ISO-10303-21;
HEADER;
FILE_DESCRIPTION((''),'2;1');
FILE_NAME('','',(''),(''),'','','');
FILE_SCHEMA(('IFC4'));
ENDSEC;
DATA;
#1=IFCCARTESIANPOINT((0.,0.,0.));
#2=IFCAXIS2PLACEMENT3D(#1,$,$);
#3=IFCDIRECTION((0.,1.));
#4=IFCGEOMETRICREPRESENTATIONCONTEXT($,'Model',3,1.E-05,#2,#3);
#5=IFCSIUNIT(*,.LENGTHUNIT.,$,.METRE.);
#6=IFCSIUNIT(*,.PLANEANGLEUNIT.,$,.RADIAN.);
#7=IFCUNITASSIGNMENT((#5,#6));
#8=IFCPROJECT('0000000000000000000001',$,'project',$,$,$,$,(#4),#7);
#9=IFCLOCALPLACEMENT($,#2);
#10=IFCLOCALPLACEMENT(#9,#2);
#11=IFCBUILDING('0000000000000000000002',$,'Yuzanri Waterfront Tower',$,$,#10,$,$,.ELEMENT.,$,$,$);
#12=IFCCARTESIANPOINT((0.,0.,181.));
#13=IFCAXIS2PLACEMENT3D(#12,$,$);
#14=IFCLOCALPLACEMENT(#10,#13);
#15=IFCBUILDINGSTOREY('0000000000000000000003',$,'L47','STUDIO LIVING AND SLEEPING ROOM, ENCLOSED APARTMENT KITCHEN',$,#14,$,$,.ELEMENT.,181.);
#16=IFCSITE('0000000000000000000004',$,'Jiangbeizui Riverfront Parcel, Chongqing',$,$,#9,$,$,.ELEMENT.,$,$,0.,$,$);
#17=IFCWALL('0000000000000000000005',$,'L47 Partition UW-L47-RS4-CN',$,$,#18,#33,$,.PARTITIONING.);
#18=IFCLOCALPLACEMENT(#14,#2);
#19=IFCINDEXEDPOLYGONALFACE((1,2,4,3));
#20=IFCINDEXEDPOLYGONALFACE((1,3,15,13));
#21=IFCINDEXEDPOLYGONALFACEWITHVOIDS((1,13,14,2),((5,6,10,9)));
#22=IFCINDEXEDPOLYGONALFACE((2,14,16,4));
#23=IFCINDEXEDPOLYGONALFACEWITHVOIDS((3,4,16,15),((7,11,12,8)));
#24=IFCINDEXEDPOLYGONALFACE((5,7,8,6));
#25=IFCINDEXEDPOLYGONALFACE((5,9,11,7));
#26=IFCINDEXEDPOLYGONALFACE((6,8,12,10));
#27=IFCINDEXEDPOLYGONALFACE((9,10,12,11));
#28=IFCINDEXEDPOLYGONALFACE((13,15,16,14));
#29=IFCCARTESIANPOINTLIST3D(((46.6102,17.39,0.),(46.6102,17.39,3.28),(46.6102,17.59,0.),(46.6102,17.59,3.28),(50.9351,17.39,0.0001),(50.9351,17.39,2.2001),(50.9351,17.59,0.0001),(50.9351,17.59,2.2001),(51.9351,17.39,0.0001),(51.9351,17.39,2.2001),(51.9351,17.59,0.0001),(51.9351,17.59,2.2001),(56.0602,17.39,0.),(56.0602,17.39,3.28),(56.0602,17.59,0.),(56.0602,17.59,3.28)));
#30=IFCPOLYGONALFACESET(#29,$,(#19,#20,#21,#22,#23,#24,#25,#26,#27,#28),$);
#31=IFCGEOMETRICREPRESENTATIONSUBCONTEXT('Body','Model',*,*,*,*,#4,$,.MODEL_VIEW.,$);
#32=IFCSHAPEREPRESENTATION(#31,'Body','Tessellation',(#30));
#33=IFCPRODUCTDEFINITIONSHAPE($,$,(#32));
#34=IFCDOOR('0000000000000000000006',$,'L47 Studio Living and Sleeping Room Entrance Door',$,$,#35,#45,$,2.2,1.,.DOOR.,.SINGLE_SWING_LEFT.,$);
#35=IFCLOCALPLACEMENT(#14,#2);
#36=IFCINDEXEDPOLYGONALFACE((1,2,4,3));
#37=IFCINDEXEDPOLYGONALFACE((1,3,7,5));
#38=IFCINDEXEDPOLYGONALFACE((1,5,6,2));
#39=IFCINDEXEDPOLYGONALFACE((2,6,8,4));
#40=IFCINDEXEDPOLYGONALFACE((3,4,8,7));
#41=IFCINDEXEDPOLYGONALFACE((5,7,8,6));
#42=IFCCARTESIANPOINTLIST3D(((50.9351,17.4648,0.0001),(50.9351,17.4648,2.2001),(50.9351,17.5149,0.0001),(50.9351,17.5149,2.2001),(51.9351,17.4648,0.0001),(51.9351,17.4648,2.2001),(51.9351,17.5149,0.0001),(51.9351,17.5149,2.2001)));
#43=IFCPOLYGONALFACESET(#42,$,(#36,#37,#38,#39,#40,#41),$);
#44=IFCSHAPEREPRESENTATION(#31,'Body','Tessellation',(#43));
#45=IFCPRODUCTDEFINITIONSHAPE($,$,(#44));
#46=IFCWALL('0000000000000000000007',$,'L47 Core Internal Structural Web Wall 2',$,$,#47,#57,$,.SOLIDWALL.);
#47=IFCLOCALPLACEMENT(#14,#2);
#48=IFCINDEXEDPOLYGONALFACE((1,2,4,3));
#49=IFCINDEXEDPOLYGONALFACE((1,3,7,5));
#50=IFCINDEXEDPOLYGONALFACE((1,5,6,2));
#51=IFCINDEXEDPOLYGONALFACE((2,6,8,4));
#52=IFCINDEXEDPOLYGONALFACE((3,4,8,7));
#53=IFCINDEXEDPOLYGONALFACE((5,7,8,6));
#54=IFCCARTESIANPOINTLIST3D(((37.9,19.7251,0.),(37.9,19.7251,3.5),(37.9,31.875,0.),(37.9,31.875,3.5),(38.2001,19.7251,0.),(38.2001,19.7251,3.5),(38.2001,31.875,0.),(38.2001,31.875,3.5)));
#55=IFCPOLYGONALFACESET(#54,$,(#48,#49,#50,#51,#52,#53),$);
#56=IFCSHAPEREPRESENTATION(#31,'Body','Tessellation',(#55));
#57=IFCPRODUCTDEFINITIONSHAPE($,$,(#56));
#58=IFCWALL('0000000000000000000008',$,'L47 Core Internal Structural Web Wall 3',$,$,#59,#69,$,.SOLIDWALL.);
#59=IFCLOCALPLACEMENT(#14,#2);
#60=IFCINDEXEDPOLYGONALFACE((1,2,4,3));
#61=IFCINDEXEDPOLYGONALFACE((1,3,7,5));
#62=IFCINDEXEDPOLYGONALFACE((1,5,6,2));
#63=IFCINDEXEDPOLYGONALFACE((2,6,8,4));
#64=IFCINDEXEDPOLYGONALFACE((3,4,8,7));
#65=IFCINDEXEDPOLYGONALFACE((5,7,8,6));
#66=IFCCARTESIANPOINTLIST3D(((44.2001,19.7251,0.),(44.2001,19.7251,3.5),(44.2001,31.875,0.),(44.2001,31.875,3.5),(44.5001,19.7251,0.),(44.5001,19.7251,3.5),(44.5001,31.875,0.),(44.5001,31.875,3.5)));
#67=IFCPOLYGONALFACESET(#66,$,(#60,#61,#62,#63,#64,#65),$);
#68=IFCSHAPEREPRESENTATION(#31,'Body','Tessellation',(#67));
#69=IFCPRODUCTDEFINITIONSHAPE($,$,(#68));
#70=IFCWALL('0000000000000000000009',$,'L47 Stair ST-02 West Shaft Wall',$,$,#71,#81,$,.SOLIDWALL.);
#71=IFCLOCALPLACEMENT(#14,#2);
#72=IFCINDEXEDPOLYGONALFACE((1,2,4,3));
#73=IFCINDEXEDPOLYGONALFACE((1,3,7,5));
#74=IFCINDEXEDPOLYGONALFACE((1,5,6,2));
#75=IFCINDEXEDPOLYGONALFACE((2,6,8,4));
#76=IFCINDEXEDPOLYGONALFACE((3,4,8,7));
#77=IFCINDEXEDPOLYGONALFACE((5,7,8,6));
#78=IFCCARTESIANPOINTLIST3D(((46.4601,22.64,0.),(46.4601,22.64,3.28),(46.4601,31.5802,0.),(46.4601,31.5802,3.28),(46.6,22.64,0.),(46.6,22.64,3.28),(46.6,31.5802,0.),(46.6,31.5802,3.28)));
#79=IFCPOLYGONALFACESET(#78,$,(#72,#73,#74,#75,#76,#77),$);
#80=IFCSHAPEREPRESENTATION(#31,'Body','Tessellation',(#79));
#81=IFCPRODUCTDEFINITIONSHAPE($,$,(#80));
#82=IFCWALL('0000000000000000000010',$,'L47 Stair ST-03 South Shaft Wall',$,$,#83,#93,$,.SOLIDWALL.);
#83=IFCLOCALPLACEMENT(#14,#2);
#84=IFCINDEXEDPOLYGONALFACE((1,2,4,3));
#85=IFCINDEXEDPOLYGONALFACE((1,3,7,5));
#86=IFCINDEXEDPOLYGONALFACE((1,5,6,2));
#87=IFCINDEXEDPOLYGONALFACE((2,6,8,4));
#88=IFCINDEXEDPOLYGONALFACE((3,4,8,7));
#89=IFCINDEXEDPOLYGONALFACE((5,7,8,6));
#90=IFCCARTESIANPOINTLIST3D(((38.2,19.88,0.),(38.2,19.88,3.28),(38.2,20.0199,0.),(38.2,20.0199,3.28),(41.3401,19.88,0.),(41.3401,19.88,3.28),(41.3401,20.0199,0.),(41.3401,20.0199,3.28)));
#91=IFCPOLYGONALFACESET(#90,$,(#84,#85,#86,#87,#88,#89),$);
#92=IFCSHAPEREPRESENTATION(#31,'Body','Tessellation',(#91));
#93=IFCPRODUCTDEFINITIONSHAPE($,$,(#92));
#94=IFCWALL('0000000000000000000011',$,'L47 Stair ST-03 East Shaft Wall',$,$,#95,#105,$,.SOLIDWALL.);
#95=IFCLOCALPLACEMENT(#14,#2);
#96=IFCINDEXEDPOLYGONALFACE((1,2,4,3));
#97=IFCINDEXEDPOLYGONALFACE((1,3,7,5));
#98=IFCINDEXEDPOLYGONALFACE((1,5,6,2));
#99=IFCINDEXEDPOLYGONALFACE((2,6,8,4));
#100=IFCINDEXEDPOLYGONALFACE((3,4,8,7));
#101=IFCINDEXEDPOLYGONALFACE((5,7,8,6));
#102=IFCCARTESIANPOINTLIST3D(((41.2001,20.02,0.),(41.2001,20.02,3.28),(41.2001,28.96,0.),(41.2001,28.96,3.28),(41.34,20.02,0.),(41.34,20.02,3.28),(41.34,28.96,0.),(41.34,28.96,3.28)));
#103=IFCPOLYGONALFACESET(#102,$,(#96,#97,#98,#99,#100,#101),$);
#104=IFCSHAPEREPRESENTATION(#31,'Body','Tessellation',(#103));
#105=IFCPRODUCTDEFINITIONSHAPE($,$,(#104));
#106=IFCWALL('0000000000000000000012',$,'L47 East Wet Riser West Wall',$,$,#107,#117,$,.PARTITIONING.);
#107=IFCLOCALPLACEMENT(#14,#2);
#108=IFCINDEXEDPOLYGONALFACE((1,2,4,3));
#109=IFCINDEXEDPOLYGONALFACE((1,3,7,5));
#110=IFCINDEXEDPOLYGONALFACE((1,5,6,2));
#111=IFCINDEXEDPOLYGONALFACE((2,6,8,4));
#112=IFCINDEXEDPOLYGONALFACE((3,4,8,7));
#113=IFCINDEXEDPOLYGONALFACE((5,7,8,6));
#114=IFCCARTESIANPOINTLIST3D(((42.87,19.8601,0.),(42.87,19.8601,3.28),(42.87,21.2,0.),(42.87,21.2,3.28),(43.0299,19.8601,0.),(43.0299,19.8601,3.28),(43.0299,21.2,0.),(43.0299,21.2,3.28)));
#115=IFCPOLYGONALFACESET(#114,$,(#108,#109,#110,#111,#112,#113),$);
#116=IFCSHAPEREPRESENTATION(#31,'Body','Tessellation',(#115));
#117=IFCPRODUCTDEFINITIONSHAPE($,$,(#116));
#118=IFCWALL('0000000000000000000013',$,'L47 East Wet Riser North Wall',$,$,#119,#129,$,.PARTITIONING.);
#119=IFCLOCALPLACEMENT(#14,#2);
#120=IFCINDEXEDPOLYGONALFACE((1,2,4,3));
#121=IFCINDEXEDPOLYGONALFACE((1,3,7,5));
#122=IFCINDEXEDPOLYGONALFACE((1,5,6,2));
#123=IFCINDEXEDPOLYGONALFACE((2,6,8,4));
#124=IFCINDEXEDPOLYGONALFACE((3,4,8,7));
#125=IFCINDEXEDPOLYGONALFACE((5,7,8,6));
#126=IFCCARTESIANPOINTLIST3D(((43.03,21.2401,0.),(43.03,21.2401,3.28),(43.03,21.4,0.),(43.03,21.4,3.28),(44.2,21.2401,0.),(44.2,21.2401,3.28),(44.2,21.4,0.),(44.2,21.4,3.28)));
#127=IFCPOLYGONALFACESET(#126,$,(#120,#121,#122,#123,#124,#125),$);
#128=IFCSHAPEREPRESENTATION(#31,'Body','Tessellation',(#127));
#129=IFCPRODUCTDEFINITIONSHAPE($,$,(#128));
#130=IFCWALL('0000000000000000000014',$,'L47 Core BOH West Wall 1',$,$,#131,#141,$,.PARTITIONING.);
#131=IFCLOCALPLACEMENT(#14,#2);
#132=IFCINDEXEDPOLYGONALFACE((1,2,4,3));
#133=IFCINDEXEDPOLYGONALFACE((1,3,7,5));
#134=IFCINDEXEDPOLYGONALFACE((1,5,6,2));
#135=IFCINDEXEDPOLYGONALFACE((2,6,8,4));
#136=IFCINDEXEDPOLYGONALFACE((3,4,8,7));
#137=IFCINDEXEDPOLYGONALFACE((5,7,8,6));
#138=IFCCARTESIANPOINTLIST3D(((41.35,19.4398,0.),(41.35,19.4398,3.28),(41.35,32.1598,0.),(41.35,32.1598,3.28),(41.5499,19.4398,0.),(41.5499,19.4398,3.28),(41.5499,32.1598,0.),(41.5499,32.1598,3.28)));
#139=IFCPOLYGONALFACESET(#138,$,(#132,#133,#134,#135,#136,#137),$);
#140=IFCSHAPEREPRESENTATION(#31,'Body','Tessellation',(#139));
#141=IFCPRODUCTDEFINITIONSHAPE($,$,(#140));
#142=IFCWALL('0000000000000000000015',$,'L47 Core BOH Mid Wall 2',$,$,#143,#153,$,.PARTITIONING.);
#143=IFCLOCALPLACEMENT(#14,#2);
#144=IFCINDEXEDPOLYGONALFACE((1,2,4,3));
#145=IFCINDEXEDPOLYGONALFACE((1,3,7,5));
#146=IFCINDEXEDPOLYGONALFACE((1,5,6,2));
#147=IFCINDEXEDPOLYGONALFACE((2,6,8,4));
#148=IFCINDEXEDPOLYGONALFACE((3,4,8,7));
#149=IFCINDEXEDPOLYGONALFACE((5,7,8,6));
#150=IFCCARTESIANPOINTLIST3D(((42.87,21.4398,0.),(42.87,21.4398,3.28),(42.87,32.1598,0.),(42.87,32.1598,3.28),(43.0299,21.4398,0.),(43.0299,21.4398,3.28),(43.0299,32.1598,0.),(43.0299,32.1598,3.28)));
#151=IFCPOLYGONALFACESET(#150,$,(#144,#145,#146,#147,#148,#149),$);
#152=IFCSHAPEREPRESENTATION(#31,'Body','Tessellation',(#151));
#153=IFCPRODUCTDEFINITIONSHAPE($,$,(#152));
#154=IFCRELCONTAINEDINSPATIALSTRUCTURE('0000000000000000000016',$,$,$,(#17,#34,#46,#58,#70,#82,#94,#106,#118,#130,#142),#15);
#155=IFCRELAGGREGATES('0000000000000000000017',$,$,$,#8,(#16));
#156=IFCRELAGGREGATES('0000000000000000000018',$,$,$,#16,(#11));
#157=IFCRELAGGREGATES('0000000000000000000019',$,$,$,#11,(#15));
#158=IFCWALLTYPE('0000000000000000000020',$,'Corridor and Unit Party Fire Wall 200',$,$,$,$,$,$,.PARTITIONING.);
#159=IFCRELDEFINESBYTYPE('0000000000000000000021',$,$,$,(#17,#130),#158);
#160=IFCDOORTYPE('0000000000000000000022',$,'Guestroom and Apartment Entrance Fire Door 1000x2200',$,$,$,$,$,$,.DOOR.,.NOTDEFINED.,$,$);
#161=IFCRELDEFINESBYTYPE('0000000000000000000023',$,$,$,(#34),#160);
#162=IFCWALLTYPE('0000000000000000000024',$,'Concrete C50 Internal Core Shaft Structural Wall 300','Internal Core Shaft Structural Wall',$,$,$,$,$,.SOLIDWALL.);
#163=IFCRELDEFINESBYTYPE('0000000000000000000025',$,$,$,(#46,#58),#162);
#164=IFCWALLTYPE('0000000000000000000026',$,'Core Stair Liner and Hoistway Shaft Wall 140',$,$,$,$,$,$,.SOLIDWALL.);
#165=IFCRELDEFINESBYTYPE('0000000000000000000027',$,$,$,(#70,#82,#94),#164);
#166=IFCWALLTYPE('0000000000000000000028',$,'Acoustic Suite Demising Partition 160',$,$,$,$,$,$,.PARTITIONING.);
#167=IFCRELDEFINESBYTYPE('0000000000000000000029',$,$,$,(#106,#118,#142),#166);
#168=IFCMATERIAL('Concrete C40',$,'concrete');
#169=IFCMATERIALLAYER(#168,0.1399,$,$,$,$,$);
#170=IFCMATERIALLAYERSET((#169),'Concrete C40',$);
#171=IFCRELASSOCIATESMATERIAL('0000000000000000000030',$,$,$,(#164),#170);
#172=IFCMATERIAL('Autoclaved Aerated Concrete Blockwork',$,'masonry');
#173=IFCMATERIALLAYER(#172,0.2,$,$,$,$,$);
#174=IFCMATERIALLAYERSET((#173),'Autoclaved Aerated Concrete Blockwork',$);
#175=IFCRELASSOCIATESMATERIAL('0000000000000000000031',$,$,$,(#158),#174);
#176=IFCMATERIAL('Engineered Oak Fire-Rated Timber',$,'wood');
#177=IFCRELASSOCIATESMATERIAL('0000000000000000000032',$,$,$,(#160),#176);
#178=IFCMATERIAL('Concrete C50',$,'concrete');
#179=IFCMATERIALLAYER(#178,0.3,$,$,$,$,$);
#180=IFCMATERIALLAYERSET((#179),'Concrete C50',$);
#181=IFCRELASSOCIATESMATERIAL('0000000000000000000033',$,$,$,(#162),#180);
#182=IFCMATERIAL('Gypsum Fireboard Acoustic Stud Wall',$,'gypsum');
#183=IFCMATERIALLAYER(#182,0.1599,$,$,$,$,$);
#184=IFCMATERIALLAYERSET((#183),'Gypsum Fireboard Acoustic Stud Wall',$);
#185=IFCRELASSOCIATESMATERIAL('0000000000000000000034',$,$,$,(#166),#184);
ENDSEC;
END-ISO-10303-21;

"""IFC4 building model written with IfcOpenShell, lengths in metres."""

from ifc_helpers import new_model, si_unit, direction, frame, frame_2d, origin, place, context, subcontext, project, spatial, rectangle, extrude, source, transform, mapped, material, layer, layer_set, type_object, element, fill, save


model = new_model("IFC4")

# Units and contexts
model_context = context("Model", 3, precision=1e-05, world=origin(), true_north=direction((0.0, 1.0)))
body_context = subcontext(model_context, "Body", "Model", "MODEL_VIEW")
ifc_project = project(units=[si_unit("LENGTHUNIT", "METRE"), si_unit("PLANEANGLEUNIT", "RADIAN")], contexts=[model_context])

# Site, building, storey
site_placement = place(None, origin())
site = spatial("IfcSite", under=ifc_project, at=site_placement, Name="Jiangbeizui Riverfront Parcel, Chongqing", CompositionType="ELEMENT", RefElevation=0.0)
building_placement = place(site_placement, origin())
building = spatial("IfcBuilding", under=site, at=building_placement, Name="Yuzanri Waterfront Tower", CompositionType="ELEMENT")
storey_placement = place(building_placement, frame((0.0, 0.0, 181.0)))
storey = spatial("IfcBuildingStorey", under=building, at=storey_placement, Name="L47", Description="STUDIO LIVING AND SLEEPING ROOM, ENCLOSED APARTMENT KITCHEN", CompositionType="ELEMENT", Elevation=181.0)

# Wall, opening, door
ifc_material_1 = material(Name="Concrete C40", Category="concrete")
ifc_layer_1 = layer(ifc_material_1, 0.1399)
ifc_layer_set_1 = layer_set([ifc_layer_1], Name="Concrete C40")
wall_type_1 = type_object("IfcWallType", Name="Core Stair Liner and Hoistway Shaft Wall 140", PredefinedType="SOLIDWALL", material=ifc_layer_set_1)
ifc_material_2 = material(Name="Autoclaved Aerated Concrete Blockwork", Category="masonry")
ifc_layer_2 = layer(ifc_material_2, 0.2)
ifc_layer_set_2 = layer_set([ifc_layer_2], Name="Autoclaved Aerated Concrete Blockwork")
wall_type_2 = type_object("IfcWallType", Name="Corridor and Unit Party Fire Wall 200", PredefinedType="PARTITIONING", material=ifc_layer_set_2)
ifc_material_3 = material(Name="Engineered Oak Fire-Rated Timber", Category="wood")
door_type_1 = type_object("IfcDoorType", Name="Guestroom and Apartment Entrance Fire Door 1000x2200", OperationType="NOTDEFINED", PredefinedType="DOOR", material=ifc_material_3)
shared_shape_1 = source(origin(), body_context, "Body", "SweptSolid", [
    extrude(rectangle(XDim=1.0, YDim=2.2, at=frame_2d((0.5, 1.1001))), frame((0.0, 0.0249, 0.0), z_axis=(0.0, -1.0, 0.0), x_axis=(1.0, 0.0, 0.0)), (0.0, 0.0, 1.0), 0.05),
])
wall_1_placement = place(storey_placement, frame((46.6101, 17.49, 0.0), z_axis=(0.0, 0.0, 1.0), x_axis=(1.0, 0.0, 0.0)))
wall_1 = element("IfcWall", 1, at=wall_1_placement, inside=storey, type_object=wall_type_2, Name="L47 Partition UW-L47-RS4-CN", PredefinedType="PARTITIONING", context=body_context, shape_type="SweptSolid", body=[
    extrude(rectangle(XDim=9.45, YDim=0.2, at=frame_2d((4.7251, 0.0))), origin(), (0.0, 0.0, 1.0), 3.28),
])
opening_1_placement = place(wall_1_placement, frame((4.325, 0.0, 0.0)))
opening_1 = element("IfcOpeningElement", 2, at=opening_1_placement, cuts=wall_1, PredefinedType="OPENING", context=body_context, shape_type="SweptSolid", body=[
    extrude(rectangle(XDim=1.0, YDim=2.2, at=frame_2d((0.5, 1.1001))), frame((0.0, 0.1147, 0.0), z_axis=(0.0, -1.0, 0.0), x_axis=(1.0, 0.0, 0.0)), (0.0, 0.0, 1.0), 0.2297),
])
door_1_placement = place(opening_1_placement, origin())
door_1 = element("IfcDoor", 3, at=door_1_placement, inside=storey, type_object=door_type_1, Name="L47 Studio Living and Sleeping Room Entrance Door", OperationType="SINGLE_SWING_LEFT", OverallHeight=2.2, OverallWidth=1.0, PredefinedType="DOOR", context=body_context, shape_type="MappedRepresentation", body=[
    mapped(shared_shape_1, transform((0.0, 0.0, 0.0), scale=1.0)),
])
fill(opening_1, door_1)

# Walls
ifc_material_4 = material(Name="Concrete C50", Category="concrete")
ifc_layer_3 = layer(ifc_material_4, 0.3)
ifc_layer_set_3 = layer_set([ifc_layer_3], Name="Concrete C50")
wall_type_3 = type_object("IfcWallType", Name="Concrete C50 Internal Core Shaft Structural Wall 300", Description="Internal Core Shaft Structural Wall", PredefinedType="SOLIDWALL", material=ifc_layer_set_3)
shared_shape_2 = source(origin(), body_context, "Body", "SweptSolid", [
    extrude(rectangle(XDim=12.1499, YDim=0.3, at=frame_2d((6.075, 0.0))), origin(), (0.0, 0.0, 1.0), 3.5),
])
for number, where, z_axis, x_axis, name in (
    (4, (38.05, 19.7251, 0.0), (0.0, 0.0, 1.0), (0.0, 1.0, 0.0), "L47 Core Internal Structural Web Wall 2"),
    (5, (44.3501, 19.7251, 0.0), (0.0, 0.0, 1.0), (0.0, 1.0, 0.0), "L47 Core Internal Structural Web Wall 3"),
):
    element("IfcWall", number, at=place(storey_placement, frame(where, z_axis=z_axis, x_axis=x_axis)), inside=storey, type_object=wall_type_3, Name=name, PredefinedType="SOLIDWALL", context=body_context, shape_type="MappedRepresentation", body=[
        mapped(shared_shape_2, transform((0.0, 0.0, 0.0), scale=1.0)),
    ])
shared_shape_3 = source(origin(), body_context, "Body", "SweptSolid", [
    extrude(rectangle(XDim=8.9402, YDim=0.1399, at=frame_2d((4.4702, 0.0))), origin(), (0.0, 0.0, 1.0), 3.28),
])
wall_2_placement = place(storey_placement, frame((46.53, 22.6399, 0.0), z_axis=(0.0, 0.0, 1.0), x_axis=(0.0, 1.0, 0.0)))
element("IfcWall", 6, at=wall_2_placement, inside=storey, type_object=wall_type_1, Name="L47 Stair ST-02 West Shaft Wall", PredefinedType="SOLIDWALL", context=body_context, shape_type="MappedRepresentation", body=[
    mapped(shared_shape_3, transform((0.0, 0.0, 0.0), scale=1.0)),
])
shared_shape_4 = source(origin(), body_context, "Body", "SweptSolid", [
    extrude(rectangle(XDim=3.1401, YDim=0.1399, at=frame_2d((1.5701, 0.0))), origin(), (0.0, 0.0, 1.0), 3.28),
])
wall_3_placement = place(storey_placement, frame((38.2, 19.95, 0.0), z_axis=(0.0, 0.0, 1.0), x_axis=(1.0, 0.0, 0.0)))
element("IfcWall", 7, at=wall_3_placement, inside=storey, type_object=wall_type_1, Name="L47 Stair ST-03 South Shaft Wall", PredefinedType="SOLIDWALL", context=body_context, shape_type="MappedRepresentation", body=[
    mapped(shared_shape_4, transform((0.0, 0.0, 0.0), scale=1.0)),
])
shared_shape_5 = source(origin(), body_context, "Body", "SweptSolid", [
    extrude(rectangle(XDim=8.9399, YDim=0.1399, at=frame_2d((4.47, 0.0))), origin(), (0.0, 0.0, 1.0), 3.28),
])
wall_4_placement = place(storey_placement, frame((41.27, 20.02, 0.0), z_axis=(0.0, 0.0, 1.0), x_axis=(0.0, 1.0, 0.0)))
element("IfcWall", 8, at=wall_4_placement, inside=storey, type_object=wall_type_1, Name="L47 Stair ST-03 East Shaft Wall", PredefinedType="SOLIDWALL", context=body_context, shape_type="MappedRepresentation", body=[
    mapped(shared_shape_5, transform((0.0, 0.0, 0.0), scale=1.0)),
])
ifc_material_5 = material(Name="Gypsum Fireboard Acoustic Stud Wall", Category="gypsum")
ifc_layer_4 = layer(ifc_material_5, 0.1599)
ifc_layer_set_4 = layer_set([ifc_layer_4], Name="Gypsum Fireboard Acoustic Stud Wall")
wall_type_4 = type_object("IfcWallType", Name="Acoustic Suite Demising Partition 160", PredefinedType="PARTITIONING", material=ifc_layer_set_4)
shared_shape_6 = source(origin(), body_context, "Body", "SweptSolid", [
    extrude(rectangle(XDim=1.3398, YDim=0.1599, at=frame_2d((0.6699, 0.0))), origin(), (0.0, 0.0, 1.0), 3.28),
])
wall_5_placement = place(storey_placement, frame((42.95, 19.8601, 0.0), z_axis=(0.0, 0.0, 1.0), x_axis=(0.0, 1.0, 0.0)))
element("IfcWall", 9, at=wall_5_placement, inside=storey, type_object=wall_type_4, Name="L47 East Wet Riser West Wall", PredefinedType="PARTITIONING", context=body_context, shape_type="MappedRepresentation", body=[
    mapped(shared_shape_6, transform((0.0, 0.0, 0.0), scale=1.0)),
])
shared_shape_7 = source(origin(), body_context, "Body", "SweptSolid", [
    extrude(rectangle(XDim=1.1699, YDim=0.1599, at=frame_2d((0.585, 0.0))), origin(), (0.0, 0.0, 1.0), 3.28),
])
wall_6_placement = place(storey_placement, frame((43.03, 21.3201, 0.0), z_axis=(0.0, 0.0, 1.0), x_axis=(1.0, 0.0, 0.0)))
element("IfcWall", 10, at=wall_6_placement, inside=storey, type_object=wall_type_4, Name="L47 East Wet Riser North Wall", PredefinedType="PARTITIONING", context=body_context, shape_type="MappedRepresentation", body=[
    mapped(shared_shape_7, transform((0.0, 0.0, 0.0), scale=1.0)),
])
shared_shape_8 = source(origin(), body_context, "Body", "SweptSolid", [
    extrude(rectangle(XDim=12.72, YDim=0.2, at=frame_2d((6.3599, 0.0))), origin(), (0.0, 0.0, 1.0), 3.28),
])
wall_7_placement = place(storey_placement, frame((41.45, 19.4399, 0.0), z_axis=(0.0, 0.0, 1.0), x_axis=(0.0, 1.0, 0.0)))
element("IfcWall", 11, at=wall_7_placement, inside=storey, type_object=wall_type_2, Name="L47 Core BOH West Wall 1", PredefinedType="PARTITIONING", context=body_context, shape_type="MappedRepresentation", body=[
    mapped(shared_shape_8, transform((0.0, 0.0, 0.0), scale=1.0)),
])
shared_shape_9 = source(origin(), body_context, "Body", "SweptSolid", [
    extrude(rectangle(XDim=10.72, YDim=0.1599, at=frame_2d((5.3599, 0.0))), origin(), (0.0, 0.0, 1.0), 3.28),
])
wall_8_placement = place(storey_placement, frame((42.95, 21.4399, 0.0), z_axis=(0.0, 0.0, 1.0), x_axis=(0.0, 1.0, 0.0)))
element("IfcWall", 12, at=wall_8_placement, inside=storey, type_object=wall_type_4, Name="L47 Core BOH Mid Wall 2", PredefinedType="PARTITIONING", context=body_context, shape_type="MappedRepresentation", body=[
    mapped(shared_shape_9, transform((0.0, 0.0, 0.0), scale=1.0)),
])

save(model, "model.ifc")
